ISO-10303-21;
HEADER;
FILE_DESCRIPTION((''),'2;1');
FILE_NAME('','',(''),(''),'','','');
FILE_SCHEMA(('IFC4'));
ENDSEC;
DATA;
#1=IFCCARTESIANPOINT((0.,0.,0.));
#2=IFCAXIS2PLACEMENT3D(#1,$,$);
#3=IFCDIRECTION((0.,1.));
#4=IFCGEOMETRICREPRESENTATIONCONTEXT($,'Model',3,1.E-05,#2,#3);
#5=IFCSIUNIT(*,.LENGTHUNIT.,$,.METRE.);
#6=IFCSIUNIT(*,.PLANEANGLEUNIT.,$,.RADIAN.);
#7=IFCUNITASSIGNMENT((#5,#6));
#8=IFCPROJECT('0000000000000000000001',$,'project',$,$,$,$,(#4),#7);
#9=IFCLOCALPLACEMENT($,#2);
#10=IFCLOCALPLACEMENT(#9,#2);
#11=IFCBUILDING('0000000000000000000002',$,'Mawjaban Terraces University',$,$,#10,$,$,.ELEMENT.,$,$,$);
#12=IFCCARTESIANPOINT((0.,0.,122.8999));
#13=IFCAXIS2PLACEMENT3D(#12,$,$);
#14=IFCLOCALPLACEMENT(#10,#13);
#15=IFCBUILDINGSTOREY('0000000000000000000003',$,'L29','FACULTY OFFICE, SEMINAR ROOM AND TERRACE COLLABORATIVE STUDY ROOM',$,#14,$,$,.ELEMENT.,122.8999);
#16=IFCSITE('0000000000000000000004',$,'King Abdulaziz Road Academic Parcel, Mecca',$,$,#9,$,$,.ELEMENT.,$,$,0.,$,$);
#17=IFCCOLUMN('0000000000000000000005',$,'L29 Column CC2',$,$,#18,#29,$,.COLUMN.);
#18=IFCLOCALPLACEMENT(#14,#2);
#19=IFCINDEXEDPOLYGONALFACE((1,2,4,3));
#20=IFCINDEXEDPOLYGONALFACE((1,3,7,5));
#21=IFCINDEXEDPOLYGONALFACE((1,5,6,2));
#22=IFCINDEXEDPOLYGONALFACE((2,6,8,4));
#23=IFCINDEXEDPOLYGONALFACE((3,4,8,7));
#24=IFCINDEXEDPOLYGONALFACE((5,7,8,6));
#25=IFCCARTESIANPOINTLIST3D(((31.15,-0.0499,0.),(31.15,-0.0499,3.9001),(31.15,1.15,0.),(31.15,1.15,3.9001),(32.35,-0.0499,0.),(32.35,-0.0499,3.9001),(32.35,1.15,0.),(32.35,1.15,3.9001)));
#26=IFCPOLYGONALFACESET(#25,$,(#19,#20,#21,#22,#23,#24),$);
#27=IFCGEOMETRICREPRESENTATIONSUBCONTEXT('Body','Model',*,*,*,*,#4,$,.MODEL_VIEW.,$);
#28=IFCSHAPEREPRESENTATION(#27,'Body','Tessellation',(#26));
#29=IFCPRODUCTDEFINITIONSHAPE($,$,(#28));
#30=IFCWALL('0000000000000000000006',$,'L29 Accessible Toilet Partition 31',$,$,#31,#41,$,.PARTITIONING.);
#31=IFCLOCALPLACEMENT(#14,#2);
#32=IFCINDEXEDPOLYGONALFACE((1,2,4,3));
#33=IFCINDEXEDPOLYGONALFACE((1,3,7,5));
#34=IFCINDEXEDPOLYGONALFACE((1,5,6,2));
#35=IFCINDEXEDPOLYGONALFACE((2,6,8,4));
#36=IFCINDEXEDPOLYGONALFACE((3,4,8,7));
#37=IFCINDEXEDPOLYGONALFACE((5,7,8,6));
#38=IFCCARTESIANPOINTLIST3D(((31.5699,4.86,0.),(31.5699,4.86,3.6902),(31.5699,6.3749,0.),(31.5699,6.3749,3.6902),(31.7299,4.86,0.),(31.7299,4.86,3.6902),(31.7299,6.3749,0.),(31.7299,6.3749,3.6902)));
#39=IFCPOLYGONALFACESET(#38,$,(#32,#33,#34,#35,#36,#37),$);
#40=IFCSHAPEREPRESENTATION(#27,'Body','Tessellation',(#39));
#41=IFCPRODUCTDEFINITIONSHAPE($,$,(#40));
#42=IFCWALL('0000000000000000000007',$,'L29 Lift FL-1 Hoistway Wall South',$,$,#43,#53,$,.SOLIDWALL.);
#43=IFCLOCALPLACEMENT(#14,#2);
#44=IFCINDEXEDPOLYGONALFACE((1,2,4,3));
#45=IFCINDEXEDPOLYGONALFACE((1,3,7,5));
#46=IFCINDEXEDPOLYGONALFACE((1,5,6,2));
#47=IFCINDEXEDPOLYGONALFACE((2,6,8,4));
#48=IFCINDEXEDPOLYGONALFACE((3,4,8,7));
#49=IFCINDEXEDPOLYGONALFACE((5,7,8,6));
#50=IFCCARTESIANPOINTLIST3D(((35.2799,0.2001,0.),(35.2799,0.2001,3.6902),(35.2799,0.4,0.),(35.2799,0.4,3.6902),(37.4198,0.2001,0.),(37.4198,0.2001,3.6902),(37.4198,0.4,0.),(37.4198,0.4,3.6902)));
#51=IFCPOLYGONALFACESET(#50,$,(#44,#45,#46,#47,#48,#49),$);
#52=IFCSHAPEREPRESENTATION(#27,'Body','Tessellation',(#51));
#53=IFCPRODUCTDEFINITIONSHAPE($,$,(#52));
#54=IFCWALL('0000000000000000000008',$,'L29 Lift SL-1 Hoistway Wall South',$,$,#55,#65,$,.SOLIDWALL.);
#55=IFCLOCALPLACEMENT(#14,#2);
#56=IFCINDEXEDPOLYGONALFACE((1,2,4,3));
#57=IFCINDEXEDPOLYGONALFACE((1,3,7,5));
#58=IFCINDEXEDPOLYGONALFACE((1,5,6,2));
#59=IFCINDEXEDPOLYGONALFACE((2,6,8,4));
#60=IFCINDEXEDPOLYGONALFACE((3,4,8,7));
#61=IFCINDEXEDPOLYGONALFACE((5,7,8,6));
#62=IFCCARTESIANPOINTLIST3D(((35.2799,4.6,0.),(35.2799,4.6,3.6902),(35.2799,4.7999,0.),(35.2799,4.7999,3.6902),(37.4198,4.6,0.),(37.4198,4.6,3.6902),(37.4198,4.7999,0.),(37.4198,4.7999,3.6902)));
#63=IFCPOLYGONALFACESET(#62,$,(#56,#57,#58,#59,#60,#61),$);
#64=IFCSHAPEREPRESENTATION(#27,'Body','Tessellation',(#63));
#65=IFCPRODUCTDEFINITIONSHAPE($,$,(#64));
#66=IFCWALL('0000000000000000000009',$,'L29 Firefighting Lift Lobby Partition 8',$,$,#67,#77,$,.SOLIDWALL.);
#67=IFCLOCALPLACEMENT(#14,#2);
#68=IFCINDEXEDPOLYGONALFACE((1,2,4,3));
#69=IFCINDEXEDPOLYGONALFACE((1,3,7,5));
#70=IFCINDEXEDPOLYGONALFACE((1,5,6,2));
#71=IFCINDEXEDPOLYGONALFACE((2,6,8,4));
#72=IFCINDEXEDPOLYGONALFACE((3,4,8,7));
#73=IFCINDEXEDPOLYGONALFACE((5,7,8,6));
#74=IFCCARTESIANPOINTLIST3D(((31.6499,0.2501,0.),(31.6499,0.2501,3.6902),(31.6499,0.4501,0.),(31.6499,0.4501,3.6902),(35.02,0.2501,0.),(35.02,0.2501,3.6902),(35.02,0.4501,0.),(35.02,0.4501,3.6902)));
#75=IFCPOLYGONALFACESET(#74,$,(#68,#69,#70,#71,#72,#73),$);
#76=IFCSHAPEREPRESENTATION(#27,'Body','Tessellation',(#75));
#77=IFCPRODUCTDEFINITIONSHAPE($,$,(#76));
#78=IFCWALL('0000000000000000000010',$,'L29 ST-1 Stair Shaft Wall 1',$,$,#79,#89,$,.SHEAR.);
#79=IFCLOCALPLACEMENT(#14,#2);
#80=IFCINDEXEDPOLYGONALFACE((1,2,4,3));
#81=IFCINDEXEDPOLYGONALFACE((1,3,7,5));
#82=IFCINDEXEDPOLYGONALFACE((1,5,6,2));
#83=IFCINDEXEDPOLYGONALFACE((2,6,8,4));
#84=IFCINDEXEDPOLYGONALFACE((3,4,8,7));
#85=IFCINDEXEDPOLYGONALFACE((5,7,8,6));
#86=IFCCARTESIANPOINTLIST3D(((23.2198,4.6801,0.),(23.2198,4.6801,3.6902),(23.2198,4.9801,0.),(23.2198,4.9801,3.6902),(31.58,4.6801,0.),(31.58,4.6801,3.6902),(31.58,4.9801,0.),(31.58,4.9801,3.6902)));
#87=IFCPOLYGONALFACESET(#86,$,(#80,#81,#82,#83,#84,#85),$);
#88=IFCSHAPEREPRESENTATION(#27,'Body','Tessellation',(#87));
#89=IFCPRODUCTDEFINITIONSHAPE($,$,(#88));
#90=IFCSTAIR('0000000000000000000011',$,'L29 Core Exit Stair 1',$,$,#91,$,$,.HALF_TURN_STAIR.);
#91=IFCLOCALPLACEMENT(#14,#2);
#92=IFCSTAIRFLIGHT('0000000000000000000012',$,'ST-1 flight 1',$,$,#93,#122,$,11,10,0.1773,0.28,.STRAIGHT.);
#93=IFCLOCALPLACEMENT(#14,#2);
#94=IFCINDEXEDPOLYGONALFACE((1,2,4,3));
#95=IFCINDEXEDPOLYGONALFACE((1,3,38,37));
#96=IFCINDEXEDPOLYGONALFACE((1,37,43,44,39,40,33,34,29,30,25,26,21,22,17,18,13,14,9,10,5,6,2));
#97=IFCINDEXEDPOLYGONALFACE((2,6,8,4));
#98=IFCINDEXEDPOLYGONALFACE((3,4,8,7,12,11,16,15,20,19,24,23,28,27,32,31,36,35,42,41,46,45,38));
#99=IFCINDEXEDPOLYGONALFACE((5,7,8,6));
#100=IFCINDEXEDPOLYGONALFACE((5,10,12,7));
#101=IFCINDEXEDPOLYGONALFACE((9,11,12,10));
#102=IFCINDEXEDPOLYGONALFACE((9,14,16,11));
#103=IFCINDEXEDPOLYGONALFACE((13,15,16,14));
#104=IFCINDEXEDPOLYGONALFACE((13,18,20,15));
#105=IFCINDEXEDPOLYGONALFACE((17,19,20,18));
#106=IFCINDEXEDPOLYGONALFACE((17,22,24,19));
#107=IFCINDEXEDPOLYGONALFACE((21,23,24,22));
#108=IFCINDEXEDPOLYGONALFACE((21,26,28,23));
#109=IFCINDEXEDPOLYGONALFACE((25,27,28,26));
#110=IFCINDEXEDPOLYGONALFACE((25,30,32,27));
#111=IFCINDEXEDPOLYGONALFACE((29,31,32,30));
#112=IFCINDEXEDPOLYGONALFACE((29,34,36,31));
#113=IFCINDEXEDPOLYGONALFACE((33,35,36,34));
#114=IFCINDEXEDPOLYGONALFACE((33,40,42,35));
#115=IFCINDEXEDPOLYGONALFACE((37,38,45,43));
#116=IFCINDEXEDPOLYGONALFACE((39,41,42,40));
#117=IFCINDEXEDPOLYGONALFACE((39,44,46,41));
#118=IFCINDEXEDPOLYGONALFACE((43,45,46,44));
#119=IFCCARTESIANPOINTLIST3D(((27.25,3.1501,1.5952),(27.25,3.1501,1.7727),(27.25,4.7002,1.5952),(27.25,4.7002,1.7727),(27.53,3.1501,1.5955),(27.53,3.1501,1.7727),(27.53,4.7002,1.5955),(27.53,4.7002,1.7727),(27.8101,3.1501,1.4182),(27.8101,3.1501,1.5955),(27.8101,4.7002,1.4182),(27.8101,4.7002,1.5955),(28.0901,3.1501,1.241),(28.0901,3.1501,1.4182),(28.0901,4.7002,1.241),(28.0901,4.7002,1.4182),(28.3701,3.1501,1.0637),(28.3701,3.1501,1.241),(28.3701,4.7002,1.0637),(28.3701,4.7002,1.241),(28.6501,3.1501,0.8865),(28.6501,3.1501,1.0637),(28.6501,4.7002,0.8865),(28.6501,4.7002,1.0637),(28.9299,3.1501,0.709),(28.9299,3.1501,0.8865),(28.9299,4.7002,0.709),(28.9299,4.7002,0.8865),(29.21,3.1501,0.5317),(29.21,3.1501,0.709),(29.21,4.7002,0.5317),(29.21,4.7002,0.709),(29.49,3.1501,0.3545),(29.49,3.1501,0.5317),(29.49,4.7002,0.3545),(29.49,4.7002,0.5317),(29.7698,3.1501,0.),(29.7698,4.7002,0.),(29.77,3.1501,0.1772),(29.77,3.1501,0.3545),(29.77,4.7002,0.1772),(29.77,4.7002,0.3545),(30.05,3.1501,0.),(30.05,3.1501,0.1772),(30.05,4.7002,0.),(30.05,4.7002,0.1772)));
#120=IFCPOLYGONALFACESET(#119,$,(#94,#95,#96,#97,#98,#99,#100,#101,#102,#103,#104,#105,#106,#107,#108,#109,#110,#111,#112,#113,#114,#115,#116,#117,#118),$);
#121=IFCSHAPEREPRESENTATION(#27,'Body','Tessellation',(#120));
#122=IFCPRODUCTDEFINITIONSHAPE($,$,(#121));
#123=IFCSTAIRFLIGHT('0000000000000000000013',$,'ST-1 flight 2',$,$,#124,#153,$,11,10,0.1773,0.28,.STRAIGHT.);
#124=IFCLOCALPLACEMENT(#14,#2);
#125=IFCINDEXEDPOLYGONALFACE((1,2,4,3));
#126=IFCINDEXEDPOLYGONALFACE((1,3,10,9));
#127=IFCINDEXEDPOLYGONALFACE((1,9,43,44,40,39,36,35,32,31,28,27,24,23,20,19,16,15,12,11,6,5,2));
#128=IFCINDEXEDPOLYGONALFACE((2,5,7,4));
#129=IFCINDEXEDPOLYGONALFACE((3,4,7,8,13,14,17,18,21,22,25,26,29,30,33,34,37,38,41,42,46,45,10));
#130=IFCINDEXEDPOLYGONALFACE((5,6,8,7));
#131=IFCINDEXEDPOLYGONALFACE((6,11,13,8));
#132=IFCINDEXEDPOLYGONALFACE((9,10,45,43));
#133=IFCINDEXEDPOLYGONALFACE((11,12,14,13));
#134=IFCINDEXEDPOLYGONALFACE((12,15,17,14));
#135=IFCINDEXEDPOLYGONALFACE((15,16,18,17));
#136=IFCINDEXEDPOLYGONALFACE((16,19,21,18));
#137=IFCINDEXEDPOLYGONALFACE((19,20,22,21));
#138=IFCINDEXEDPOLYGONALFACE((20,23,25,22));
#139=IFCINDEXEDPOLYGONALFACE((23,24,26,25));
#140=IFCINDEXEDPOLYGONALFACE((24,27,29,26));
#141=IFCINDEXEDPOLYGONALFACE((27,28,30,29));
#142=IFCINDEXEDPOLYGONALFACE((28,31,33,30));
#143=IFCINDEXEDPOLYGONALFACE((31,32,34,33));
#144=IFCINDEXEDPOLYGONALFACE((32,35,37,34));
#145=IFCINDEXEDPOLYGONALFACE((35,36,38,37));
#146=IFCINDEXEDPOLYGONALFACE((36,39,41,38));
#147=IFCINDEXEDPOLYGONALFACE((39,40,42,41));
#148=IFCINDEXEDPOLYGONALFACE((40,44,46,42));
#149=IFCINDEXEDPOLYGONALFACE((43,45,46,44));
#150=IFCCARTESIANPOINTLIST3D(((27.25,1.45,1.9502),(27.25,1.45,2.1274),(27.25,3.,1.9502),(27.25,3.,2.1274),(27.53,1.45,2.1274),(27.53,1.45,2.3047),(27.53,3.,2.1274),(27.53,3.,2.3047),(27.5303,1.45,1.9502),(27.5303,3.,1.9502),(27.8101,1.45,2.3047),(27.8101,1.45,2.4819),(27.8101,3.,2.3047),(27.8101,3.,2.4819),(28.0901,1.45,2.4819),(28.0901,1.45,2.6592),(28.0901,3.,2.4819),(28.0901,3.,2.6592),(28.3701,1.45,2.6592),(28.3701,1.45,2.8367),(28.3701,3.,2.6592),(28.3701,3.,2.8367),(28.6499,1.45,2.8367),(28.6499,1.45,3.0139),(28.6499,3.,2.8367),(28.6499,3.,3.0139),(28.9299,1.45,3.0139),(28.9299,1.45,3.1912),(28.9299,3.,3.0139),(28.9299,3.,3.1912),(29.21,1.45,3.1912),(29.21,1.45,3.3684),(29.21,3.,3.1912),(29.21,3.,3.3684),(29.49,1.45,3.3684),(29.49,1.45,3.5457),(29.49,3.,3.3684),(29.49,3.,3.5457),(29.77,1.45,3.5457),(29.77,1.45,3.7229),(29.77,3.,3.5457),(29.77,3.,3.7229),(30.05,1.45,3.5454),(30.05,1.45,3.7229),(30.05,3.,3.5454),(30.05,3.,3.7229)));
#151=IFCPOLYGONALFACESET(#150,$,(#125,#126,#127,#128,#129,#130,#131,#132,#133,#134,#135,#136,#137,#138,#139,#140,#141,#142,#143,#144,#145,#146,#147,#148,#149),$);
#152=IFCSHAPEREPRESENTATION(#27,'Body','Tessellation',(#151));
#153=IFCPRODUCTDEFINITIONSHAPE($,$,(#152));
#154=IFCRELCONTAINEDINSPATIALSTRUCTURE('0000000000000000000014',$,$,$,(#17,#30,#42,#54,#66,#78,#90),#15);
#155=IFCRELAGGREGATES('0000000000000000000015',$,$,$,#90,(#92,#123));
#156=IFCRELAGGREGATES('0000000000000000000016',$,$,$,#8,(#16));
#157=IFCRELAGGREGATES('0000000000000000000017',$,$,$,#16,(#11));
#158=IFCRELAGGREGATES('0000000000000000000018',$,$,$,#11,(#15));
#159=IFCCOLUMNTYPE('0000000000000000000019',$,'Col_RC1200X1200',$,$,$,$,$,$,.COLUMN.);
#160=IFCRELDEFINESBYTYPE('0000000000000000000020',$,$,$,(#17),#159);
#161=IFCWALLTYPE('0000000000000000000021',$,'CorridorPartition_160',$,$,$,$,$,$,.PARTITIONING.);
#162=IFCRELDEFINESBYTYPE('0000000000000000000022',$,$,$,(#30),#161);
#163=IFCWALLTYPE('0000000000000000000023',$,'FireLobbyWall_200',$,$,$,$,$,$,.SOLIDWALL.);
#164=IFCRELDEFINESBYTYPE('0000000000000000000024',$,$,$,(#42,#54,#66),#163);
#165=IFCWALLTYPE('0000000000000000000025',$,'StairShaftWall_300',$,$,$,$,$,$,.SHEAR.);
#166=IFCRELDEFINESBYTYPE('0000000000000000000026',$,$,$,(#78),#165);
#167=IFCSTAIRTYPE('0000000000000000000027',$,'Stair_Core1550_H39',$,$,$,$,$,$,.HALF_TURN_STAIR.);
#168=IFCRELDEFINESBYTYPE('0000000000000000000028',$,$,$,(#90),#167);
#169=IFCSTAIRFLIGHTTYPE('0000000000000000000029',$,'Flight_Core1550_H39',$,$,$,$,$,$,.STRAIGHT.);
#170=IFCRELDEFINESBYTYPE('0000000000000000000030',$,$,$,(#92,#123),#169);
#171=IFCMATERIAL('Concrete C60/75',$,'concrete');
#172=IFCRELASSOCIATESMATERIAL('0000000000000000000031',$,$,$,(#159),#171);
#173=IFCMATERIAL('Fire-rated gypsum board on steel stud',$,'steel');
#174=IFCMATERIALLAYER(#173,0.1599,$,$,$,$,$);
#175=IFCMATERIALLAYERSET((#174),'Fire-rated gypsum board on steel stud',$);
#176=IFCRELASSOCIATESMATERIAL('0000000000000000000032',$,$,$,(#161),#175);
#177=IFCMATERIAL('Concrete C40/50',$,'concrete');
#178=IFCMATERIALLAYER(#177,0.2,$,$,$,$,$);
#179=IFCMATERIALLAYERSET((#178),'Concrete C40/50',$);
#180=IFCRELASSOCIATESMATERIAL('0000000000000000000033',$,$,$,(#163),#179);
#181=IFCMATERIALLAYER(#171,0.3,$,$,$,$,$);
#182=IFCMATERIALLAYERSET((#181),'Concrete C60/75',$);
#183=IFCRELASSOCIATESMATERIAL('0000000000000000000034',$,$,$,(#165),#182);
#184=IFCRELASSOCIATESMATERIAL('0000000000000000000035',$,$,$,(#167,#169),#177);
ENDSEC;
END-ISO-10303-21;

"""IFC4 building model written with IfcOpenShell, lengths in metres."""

from ifc_helpers import new_model, si_unit, direction, frame, frame_2d, origin, origin_2d, place, context, subcontext, project, spatial, polyline, rectangle, outline, extrude, material, layer, layer_set, material_profile, profile_set, type_object, element, aggregate, save


model = new_model("IFC4")

# Units and contexts
model_context = context("Model", 3, precision=1e-05, world=origin(), true_north=direction((0.0, 1.0)))
body_context = subcontext(model_context, "Body", "Model", "MODEL_VIEW")
ifc_project = project(units=[si_unit("LENGTHUNIT", "METRE"), si_unit("PLANEANGLEUNIT", "RADIAN")], contexts=[model_context])

# Site, building, storey
site_placement = place(None, origin())
site = spatial("IfcSite", under=ifc_project, at=site_placement, Name="King Abdulaziz Road Academic Parcel, Mecca", CompositionType="ELEMENT", RefElevation=0.0)
building_placement = place(site_placement, origin())
building = spatial("IfcBuilding", under=site, at=building_placement, Name="Mawjaban Terraces University", CompositionType="ELEMENT")
storey_placement = place(building_placement, frame((0.0, 0.0, 122.8999)))
storey = spatial("IfcBuildingStorey", under=building, at=storey_placement, Name="L29", Description="FACULTY OFFICE, SEMINAR ROOM AND TERRACE COLLABORATIVE STUDY ROOM", CompositionType="ELEMENT", Elevation=122.8999)

# Column
ifc_material_1 = material(Name="Concrete C60/75", Category="concrete")
ifc_material_profile = material_profile(ifc_material_1, rectangle(XDim=1.2, YDim=1.2, at=origin_2d()), Name="RC1200X1200")
ifc_profile_set = profile_set([ifc_material_profile], Name="Concrete C60/75")
column_type = type_object("IfcColumnType", Name="Col_RC1200X1200", PredefinedType="COLUMN", material=ifc_profile_set)
column_placement = place(storey_placement, frame((31.75, 0.55, 0.0), z_axis=(0.0, 0.0, 1.0), x_axis=(1.0, 0.0, 0.0)))
element("IfcColumn", 1, at=column_placement, inside=storey, type_object=column_type, Name="L29 Column CC2", PredefinedType="COLUMN", context=body_context, shape_type="SweptSolid", body=[
    extrude(rectangle(XDim=1.2, YDim=1.2, at=origin_2d()), origin(), (0.0, 0.0, 1.0), 3.9001),
])

# Wall
ifc_material_2 = material(Name="Fire-rated gypsum board on steel stud", Category="steel")
ifc_layer_1 = layer(ifc_material_2, 0.1599)
ifc_layer_set_1 = layer_set([ifc_layer_1], Name="Fire-rated gypsum board on steel stud")
wall_type_1 = type_object("IfcWallType", Name="CorridorPartition_160", PredefinedType="PARTITIONING", material=ifc_layer_set_1)
wall_1_placement = place(storey_placement, frame((31.6499, 4.8601, 0.0), z_axis=(0.0, 0.0, 1.0), x_axis=(0.0, 1.0, 0.0)))
element("IfcWall", 2, at=wall_1_placement, inside=storey, type_object=wall_type_1, Name="L29 Accessible Toilet Partition 31", PredefinedType="PARTITIONING", context=body_context, shape_type="SweptSolid", body=[
    extrude(rectangle(XDim=1.5149, YDim=0.1599, at=frame_2d((0.7573, 0.0))), origin(), (0.0, 0.0, 1.0), 3.6902),
])

# Shared definitions
ifc_material_3 = material(Name="Concrete C40/50", Category="concrete")
ifc_layer_2 = layer(ifc_material_3, 0.2)
ifc_layer_set_2 = layer_set([ifc_layer_2], Name="Concrete C40/50")
wall_type_2 = type_object("IfcWallType", Name="FireLobbyWall_200", PredefinedType="SOLIDWALL", material=ifc_layer_set_2)

# Wall
wall_2_placement = place(storey_placement, frame((35.28, 0.3, 0.0), z_axis=(0.0, 0.0, 1.0), x_axis=(1.0, 0.0, 0.0)))
element("IfcWall", 3, at=wall_2_placement, inside=storey, type_object=wall_type_2, Name="L29 Lift FL-1 Hoistway Wall South", PredefinedType="SOLIDWALL", context=body_context, shape_type="SweptSolid", body=[
    extrude(rectangle(XDim=2.1399, YDim=0.2, at=frame_2d((1.0698, 0.0))), origin(), (0.0, 0.0, 1.0), 3.6902),
])

# Walls
wall_3_placement = place(storey_placement, frame((35.28, 4.7, 0.0), z_axis=(0.0, 0.0, 1.0), x_axis=(1.0, 0.0, 0.0)))
element("IfcWall", 4, at=wall_3_placement, inside=storey, type_object=wall_type_2, Name="L29 Lift SL-1 Hoistway Wall South", PredefinedType="SOLIDWALL", context=body_context, shape_type="SweptSolid", body=[
    extrude(rectangle(XDim=2.1399, YDim=0.2, at=frame_2d((1.0698, 0.0))), origin(), (0.0, 0.0, 1.0), 3.6902),
])
wall_4_placement = place(storey_placement, frame((31.6499, 0.3501, 0.0), z_axis=(0.0, 0.0, 1.0), x_axis=(1.0, 0.0, 0.0)))
element("IfcWall", 5, at=wall_4_placement, inside=storey, type_object=wall_type_2, Name="L29 Firefighting Lift Lobby Partition 8", PredefinedType="SOLIDWALL", context=body_context, shape_type="SweptSolid", body=[
    extrude(rectangle(XDim=3.3701, YDim=0.2, at=frame_2d((1.6851, 0.0))), origin(), (0.0, 0.0, 1.0), 3.6902),
])

# Wall
ifc_layer_3 = layer(ifc_material_1, 0.3)
ifc_layer_set_3 = layer_set([ifc_layer_3], Name="Concrete C60/75")
wall_type_3 = type_object("IfcWallType", Name="StairShaftWall_300", PredefinedType="SHEAR", material=ifc_layer_set_3)
wall_5_placement = place(storey_placement, frame((31.5801, 4.8301, 0.0), z_axis=(0.0, 0.0, 1.0), x_axis=(-1.0, 0.0, 0.0)))
element("IfcWall", 6, at=wall_5_placement, inside=storey, type_object=wall_type_3, Name="L29 ST-1 Stair Shaft Wall 1", PredefinedType="SHEAR", context=body_context, shape_type="SweptSolid", body=[
    extrude(rectangle(XDim=8.3601, YDim=0.3, at=frame_2d((4.1802, 0.0))), origin(), (0.0, 0.0, 1.0), 3.6902),
])

# Stair, stair flights
stair_type = type_object("IfcStairType", Name="Stair_Core1550_H39", PredefinedType="HALF_TURN_STAIR", material=ifc_material_3)
stair_placement = place(storey_placement, origin())
stair = element("IfcStair", 7, at=stair_placement, inside=storey, type_object=stair_type, Name="L29 Core Exit Stair 1", PredefinedType="HALF_TURN_STAIR")
stair_flight_type = type_object("IfcStairFlightType", Name="Flight_Core1550_H39", PredefinedType="STRAIGHT", material=ifc_material_3)
stair_flight_1_placement = place(storey_placement, frame((30.05, 3.925, 0.0), z_axis=(0.0, 0.0, 1.0), x_axis=(-1.0, 0.0, 0.0)))
stair_flight_1 = element("IfcStairFlight", 8, at=stair_flight_1_placement, type_object=stair_flight_type, Name="ST-1 flight 1", NumberOfRisers=11, NumberOfTreads=10, PredefinedType="STRAIGHT", RiserHeight=0.1773, TreadLength=0.28, context=body_context, shape_type="SweptSolid", body=[
    extrude(outline(polyline([(0.0, 0.0), (0.0, 0.1772), (0.28, 0.1772), (0.28, 0.3545), (0.5601, 0.3545), (0.5601, 0.5317), (0.8401, 0.5317), (0.8401, 0.709), (1.1201, 0.709), (1.1201, 0.8865), (1.3999, 0.8865), (1.3999, 1.0637), (1.6799, 1.0637), (1.6799, 1.241), (1.96, 1.241), (1.96, 1.4182), (2.24, 1.4182), (2.24, 1.5955), (2.52, 1.5955), (2.52, 1.7727), (2.8, 1.7727), (2.8, 1.95), (2.8, 1.5952), (0.2803, 0.0), (0.0, 0.0)])), frame((0.0, 0.7749, 0.0), z_axis=(0.0, -1.0, 0.0), x_axis=(1.0, 0.0, 0.0)), (0.0, 0.0, 1.0), 1.55),
])
stair_flight_2_placement = place(storey_placement, frame((27.25, 2.2251, 1.9502), z_axis=(0.0, 0.0, 1.0), x_axis=(1.0, 0.0, 0.0)))
stair_flight_2 = element("IfcStairFlight", 9, at=stair_flight_2_placement, type_object=stair_flight_type, Name="ST-1 flight 2", NumberOfRisers=11, NumberOfTreads=10, PredefinedType="STRAIGHT", RiserHeight=0.1773, TreadLength=0.28, context=body_context, shape_type="SweptSolid", body=[
    extrude(outline(polyline([(0.0, 0.0), (0.0, 0.1772), (0.28, 0.1772), (0.28, 0.3545), (0.5601, 0.3545), (0.5601, 0.5317), (0.8401, 0.5317), (0.8401, 0.709), (1.1201, 0.709), (1.1201, 0.8865), (1.3999, 0.8865), (1.3999, 1.0637), (1.6799, 1.0637), (1.6799, 1.241), (1.96, 1.241), (1.96, 1.4182), (2.24, 1.4182), (2.24, 1.5955), (2.52, 1.5955), (2.52, 1.7727), (2.8, 1.7727), (2.8, 1.95), (2.8, 1.5952), (0.2803, 0.0), (0.0, 0.0)])), frame((0.0, 0.7749, 0.0), z_axis=(0.0, -1.0, 0.0), x_axis=(1.0, 0.0, 0.0)), (0.0, 0.0, 1.0), 1.55),
])
aggregate(stair, [stair_flight_1, stair_flight_2])

save(model, "model.ifc")
